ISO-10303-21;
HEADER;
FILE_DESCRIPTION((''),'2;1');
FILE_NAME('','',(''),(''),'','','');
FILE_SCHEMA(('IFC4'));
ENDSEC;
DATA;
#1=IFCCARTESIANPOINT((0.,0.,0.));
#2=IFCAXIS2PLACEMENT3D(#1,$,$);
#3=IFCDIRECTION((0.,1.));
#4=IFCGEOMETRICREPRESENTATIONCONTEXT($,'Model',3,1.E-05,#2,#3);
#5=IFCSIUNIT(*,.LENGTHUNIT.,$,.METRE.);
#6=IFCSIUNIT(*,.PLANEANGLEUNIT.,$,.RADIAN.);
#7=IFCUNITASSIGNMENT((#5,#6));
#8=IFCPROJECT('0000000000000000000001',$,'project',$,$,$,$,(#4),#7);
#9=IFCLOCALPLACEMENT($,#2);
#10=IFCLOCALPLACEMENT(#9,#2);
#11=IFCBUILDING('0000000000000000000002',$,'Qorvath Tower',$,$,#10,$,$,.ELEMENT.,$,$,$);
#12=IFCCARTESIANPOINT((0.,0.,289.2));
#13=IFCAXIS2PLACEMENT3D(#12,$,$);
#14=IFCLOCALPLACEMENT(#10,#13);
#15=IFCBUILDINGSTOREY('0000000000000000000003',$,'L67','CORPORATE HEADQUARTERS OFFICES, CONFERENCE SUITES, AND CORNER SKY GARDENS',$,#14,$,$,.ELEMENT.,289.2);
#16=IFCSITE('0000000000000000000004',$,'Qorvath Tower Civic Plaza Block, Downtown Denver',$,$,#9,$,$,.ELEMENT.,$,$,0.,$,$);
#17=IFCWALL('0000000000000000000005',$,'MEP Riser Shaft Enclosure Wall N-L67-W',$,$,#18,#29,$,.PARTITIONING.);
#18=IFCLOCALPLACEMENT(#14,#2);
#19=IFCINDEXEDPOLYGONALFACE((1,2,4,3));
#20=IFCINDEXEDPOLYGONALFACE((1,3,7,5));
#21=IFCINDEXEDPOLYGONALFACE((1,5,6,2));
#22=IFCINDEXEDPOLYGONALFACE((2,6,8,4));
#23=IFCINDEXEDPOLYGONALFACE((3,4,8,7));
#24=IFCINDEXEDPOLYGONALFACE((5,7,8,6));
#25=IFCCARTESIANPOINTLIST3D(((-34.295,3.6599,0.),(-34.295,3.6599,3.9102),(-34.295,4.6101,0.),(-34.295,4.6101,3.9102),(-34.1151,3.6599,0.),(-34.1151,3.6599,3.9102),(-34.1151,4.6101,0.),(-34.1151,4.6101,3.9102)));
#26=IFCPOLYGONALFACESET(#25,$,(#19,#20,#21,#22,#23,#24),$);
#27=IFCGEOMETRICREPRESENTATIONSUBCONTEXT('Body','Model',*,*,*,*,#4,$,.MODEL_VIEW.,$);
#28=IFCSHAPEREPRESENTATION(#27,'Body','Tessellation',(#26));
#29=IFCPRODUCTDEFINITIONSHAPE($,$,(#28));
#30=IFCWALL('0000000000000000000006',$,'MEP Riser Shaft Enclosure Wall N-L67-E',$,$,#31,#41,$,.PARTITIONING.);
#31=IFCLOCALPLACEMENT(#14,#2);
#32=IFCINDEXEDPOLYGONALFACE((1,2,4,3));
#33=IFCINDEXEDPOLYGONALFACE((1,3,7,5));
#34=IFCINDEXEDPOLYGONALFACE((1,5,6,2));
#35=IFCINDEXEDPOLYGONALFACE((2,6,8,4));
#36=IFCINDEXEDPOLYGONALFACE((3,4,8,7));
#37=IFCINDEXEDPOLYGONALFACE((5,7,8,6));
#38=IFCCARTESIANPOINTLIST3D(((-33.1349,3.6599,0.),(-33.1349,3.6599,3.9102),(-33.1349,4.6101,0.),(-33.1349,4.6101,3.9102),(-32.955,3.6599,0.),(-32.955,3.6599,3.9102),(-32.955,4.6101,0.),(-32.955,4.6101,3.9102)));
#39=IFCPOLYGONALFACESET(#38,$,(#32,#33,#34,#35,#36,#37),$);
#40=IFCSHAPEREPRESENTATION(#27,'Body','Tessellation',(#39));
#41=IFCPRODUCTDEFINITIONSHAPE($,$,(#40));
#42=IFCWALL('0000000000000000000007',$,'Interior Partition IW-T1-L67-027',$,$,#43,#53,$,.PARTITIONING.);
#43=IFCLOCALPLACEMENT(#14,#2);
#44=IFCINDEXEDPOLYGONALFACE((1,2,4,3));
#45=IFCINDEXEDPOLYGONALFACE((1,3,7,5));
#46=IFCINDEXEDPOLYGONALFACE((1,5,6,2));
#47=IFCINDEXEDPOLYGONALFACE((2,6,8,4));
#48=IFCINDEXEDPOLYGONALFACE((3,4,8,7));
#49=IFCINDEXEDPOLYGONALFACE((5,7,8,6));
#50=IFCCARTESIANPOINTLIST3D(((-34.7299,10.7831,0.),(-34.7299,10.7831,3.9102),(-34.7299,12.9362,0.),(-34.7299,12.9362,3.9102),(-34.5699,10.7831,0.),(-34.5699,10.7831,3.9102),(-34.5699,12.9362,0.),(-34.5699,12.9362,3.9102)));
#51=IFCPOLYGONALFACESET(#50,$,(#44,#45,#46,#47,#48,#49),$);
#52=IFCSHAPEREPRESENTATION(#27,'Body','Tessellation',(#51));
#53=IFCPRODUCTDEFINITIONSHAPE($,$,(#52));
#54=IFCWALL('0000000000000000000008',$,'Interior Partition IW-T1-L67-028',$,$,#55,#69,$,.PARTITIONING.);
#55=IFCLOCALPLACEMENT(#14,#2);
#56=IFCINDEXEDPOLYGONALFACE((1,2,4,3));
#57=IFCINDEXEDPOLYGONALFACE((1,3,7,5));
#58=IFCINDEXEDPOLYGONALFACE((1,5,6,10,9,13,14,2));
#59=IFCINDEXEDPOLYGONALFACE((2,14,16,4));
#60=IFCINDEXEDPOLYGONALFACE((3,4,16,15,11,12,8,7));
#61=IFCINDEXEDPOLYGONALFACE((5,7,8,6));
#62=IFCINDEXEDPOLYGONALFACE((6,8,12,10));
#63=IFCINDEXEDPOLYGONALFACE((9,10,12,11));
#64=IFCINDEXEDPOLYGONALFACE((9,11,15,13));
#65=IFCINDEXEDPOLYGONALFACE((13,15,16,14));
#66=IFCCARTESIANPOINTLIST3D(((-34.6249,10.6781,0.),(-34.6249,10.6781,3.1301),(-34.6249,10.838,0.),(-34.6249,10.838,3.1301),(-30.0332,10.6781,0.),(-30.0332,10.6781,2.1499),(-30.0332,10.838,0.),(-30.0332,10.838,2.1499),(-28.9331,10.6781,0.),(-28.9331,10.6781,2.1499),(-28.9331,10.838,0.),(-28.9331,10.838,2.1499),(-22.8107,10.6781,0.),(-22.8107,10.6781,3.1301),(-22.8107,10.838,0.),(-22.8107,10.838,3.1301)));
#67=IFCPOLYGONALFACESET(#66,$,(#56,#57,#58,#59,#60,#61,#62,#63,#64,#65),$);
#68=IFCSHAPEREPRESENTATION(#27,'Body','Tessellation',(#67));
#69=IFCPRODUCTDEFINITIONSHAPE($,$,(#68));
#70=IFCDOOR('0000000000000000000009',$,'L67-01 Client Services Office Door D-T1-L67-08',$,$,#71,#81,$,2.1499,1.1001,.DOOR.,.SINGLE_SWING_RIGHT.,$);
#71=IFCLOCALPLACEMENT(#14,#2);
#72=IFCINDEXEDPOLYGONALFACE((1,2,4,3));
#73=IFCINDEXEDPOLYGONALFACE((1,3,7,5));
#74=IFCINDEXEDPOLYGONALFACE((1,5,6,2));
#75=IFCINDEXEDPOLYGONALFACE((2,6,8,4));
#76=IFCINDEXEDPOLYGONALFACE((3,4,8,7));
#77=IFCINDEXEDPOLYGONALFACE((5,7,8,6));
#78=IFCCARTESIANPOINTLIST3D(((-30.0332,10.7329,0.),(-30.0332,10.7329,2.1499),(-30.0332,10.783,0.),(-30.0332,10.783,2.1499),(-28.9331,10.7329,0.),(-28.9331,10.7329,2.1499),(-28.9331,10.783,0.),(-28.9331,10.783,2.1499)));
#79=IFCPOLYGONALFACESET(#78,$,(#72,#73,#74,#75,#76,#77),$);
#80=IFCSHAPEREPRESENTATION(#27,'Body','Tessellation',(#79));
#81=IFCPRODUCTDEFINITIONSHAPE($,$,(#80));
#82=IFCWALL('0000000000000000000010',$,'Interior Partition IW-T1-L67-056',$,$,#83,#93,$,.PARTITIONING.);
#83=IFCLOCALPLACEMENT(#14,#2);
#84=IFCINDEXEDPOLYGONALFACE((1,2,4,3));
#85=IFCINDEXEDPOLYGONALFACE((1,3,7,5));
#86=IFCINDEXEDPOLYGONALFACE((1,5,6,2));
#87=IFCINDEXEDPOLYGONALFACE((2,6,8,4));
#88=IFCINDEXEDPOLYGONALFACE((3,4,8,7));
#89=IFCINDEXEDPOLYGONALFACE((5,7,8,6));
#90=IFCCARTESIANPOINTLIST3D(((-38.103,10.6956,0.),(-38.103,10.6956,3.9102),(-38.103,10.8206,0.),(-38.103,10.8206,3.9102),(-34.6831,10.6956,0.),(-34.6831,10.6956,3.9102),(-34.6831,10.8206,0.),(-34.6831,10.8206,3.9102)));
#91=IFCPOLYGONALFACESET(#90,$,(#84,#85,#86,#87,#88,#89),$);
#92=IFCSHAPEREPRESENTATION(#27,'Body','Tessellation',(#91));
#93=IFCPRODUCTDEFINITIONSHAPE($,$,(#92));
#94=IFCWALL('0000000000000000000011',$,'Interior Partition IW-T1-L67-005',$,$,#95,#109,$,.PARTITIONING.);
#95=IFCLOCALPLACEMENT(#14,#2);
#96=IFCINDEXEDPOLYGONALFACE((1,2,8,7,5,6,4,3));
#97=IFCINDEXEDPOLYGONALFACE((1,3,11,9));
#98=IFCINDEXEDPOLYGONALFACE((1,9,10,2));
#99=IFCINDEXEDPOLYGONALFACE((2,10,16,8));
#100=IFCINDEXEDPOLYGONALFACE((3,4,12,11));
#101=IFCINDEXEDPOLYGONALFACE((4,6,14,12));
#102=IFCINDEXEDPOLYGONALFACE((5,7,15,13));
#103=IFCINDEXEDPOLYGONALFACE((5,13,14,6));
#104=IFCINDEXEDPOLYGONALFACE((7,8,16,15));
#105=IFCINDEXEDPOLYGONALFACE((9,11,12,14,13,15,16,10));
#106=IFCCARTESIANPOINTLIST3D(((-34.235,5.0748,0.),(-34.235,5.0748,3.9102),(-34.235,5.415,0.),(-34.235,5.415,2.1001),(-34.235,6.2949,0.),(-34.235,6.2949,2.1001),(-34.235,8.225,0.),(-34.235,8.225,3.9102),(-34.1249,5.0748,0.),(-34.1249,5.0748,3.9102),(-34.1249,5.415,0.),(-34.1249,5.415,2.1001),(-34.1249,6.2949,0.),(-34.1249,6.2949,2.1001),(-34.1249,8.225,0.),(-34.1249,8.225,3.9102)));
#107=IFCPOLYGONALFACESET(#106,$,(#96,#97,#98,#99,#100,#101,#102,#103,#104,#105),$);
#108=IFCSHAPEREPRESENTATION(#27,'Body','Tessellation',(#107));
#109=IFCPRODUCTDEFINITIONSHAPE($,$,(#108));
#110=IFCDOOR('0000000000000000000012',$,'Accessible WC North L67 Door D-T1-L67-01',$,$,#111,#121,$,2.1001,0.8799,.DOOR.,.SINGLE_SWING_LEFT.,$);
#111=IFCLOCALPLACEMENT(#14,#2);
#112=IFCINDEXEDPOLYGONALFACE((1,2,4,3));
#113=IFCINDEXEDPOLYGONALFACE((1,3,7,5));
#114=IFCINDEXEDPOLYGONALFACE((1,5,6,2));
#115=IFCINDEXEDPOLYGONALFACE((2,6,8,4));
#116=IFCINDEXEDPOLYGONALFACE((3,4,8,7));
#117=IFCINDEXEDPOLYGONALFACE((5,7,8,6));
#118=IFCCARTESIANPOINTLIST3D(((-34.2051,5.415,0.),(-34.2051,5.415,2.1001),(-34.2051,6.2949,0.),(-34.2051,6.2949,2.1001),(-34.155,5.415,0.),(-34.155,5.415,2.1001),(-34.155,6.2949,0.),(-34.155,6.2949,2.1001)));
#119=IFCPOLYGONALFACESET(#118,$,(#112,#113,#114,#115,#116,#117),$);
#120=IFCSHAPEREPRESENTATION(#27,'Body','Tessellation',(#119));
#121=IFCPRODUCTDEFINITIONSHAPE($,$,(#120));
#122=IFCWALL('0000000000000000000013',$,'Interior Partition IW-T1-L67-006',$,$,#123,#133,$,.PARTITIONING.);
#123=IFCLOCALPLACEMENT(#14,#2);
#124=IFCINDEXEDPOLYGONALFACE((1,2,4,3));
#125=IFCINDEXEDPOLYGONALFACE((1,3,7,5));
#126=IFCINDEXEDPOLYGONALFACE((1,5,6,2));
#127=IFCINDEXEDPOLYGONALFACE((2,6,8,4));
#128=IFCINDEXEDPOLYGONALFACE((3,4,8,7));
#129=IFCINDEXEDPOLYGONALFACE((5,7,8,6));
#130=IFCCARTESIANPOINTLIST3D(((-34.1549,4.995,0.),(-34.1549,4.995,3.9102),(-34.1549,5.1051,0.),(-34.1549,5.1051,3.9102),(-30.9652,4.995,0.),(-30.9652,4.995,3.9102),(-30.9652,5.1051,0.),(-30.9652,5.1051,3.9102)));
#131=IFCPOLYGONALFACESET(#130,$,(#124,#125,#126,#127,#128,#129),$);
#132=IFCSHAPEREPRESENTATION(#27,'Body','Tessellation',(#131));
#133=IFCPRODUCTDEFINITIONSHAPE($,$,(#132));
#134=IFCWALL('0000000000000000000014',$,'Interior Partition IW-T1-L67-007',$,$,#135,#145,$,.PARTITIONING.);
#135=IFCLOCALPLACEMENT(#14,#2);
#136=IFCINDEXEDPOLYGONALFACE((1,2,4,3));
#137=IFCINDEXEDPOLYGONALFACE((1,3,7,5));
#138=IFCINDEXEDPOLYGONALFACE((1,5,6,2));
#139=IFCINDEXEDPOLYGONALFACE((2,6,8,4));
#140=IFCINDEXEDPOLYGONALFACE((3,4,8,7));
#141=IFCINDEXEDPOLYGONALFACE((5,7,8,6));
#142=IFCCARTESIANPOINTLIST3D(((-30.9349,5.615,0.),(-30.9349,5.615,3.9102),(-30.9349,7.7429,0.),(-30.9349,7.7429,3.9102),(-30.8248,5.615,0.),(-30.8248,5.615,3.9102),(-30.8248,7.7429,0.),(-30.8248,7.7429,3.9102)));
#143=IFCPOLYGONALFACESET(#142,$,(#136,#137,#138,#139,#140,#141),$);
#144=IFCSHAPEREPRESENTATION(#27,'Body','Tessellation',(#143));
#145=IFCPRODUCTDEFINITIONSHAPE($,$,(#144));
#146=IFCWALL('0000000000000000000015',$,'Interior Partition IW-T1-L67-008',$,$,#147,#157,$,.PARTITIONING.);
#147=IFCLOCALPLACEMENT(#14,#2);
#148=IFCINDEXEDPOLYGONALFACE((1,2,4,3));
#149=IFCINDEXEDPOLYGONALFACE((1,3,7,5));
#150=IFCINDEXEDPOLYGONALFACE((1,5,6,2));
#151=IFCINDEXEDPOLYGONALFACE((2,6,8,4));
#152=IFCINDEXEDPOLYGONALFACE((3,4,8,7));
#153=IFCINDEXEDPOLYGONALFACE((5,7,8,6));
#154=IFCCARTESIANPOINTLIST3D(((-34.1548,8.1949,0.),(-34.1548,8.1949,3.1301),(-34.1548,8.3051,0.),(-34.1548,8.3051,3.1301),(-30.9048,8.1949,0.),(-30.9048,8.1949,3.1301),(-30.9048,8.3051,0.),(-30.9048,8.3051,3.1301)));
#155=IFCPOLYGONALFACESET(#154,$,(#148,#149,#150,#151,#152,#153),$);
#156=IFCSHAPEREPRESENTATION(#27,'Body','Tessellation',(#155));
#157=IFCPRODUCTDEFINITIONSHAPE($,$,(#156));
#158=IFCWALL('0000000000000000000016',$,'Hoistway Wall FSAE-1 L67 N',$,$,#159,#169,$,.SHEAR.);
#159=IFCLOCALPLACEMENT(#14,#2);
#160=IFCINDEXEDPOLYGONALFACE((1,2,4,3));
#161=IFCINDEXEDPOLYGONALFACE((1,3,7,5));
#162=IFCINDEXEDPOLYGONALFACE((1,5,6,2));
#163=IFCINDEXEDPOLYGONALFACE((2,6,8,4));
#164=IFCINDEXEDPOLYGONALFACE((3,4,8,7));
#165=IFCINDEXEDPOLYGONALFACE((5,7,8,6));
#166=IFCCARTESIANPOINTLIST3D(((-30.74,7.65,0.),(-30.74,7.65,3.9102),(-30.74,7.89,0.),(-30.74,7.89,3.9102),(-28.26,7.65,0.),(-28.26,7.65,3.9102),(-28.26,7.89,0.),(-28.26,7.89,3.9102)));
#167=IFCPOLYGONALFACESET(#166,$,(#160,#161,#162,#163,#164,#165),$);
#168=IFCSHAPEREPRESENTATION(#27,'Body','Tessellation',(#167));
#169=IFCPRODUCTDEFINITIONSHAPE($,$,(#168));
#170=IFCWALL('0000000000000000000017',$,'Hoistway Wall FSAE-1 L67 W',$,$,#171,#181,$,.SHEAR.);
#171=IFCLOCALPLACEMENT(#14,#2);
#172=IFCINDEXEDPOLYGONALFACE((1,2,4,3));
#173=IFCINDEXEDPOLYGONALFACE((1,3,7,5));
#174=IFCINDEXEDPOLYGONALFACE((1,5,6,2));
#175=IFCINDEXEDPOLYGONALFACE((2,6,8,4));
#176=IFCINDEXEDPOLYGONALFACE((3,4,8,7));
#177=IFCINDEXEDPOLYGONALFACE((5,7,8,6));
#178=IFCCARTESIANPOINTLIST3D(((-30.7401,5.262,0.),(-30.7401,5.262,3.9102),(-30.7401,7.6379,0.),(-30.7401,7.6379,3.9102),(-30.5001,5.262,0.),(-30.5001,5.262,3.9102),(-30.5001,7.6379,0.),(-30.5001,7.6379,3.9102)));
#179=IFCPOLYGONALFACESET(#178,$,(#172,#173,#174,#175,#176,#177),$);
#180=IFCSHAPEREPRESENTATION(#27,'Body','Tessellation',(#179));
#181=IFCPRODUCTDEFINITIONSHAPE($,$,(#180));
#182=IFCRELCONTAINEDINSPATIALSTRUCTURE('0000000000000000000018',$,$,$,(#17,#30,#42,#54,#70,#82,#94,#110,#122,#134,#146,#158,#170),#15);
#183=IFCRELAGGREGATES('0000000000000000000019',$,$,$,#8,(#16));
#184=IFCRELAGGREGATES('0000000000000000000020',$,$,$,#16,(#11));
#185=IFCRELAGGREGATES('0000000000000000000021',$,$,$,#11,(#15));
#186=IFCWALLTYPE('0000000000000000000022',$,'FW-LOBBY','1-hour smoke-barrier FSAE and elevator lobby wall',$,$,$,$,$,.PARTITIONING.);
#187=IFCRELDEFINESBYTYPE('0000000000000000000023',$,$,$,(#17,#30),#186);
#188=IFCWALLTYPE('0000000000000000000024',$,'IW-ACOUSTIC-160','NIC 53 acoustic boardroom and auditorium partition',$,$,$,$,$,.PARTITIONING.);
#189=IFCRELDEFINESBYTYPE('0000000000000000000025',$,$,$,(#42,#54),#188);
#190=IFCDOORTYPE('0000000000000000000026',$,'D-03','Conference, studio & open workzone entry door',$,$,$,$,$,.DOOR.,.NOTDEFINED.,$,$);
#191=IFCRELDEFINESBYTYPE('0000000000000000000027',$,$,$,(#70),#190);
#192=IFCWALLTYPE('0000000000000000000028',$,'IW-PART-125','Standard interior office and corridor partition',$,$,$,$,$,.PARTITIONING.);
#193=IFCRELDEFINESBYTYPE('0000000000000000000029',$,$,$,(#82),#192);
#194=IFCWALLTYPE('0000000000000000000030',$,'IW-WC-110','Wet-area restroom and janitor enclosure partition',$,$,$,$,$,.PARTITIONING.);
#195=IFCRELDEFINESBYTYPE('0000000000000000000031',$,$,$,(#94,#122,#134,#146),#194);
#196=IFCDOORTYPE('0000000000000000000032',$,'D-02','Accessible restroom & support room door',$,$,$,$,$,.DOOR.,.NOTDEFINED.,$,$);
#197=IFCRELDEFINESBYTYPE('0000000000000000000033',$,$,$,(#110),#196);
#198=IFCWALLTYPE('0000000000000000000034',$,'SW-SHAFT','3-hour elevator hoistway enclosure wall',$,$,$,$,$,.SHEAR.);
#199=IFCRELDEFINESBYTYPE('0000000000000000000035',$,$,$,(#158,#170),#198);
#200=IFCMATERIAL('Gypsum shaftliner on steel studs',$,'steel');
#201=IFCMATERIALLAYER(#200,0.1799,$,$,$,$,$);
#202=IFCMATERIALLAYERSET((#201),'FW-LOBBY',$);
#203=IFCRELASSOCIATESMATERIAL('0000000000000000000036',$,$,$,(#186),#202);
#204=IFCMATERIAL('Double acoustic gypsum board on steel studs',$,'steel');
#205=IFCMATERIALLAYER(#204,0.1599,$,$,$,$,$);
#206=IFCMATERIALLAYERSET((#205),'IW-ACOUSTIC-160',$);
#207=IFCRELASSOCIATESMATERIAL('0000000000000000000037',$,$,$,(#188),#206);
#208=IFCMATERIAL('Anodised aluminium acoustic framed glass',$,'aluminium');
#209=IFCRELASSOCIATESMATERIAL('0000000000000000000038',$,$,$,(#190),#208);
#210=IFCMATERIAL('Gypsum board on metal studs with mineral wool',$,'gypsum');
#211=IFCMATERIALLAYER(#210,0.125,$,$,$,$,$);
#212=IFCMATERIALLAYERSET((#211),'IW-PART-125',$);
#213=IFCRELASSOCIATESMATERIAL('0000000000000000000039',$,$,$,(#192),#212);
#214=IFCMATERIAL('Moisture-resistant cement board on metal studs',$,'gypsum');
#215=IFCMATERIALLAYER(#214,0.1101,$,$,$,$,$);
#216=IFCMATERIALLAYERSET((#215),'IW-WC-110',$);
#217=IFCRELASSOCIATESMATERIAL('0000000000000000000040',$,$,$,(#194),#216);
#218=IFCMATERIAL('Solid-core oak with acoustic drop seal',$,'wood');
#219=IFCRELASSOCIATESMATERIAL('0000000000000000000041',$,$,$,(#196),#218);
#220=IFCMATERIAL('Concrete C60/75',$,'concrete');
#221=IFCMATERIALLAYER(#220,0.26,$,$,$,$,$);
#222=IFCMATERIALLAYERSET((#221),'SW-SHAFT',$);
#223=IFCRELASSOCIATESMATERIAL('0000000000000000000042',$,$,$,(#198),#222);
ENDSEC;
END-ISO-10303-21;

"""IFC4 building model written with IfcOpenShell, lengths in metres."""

from ifc_helpers import new_model, si_unit, direction, frame, frame_2d, origin, place, context, subcontext, project, spatial, rectangle, extrude, material, layer, layer_set, type_object, element, fill, save


model = new_model("IFC4")

# Units and contexts
model_context = context("Model", 3, precision=1e-05, world=origin(), true_north=direction((0.0, 1.0)))
body_context = subcontext(model_context, "Body", "Model", "MODEL_VIEW")
ifc_project = project(units=[si_unit("LENGTHUNIT", "METRE"), si_unit("PLANEANGLEUNIT", "RADIAN")], contexts=[model_context])

# Site, building, storey
site_placement = place(None, origin())
site = spatial("IfcSite", under=ifc_project, at=site_placement, Name="Qorvath Tower Civic Plaza Block, Downtown Denver", CompositionType="ELEMENT", RefElevation=0.0)
building_placement = place(site_placement, origin())
building = spatial("IfcBuilding", under=site, at=building_placement, Name="Qorvath Tower", CompositionType="ELEMENT")
storey_placement = place(building_placement, frame((0.0, 0.0, 289.2)))
storey = spatial("IfcBuildingStorey", under=building, at=storey_placement, Name="L67", Description="CORPORATE HEADQUARTERS OFFICES, CONFERENCE SUITES, AND CORNER SKY GARDENS", CompositionType="ELEMENT", Elevation=289.2)

# Walls
ifc_material_1 = material(Name="Gypsum shaftliner on steel studs", Category="steel")
ifc_layer_1 = layer(ifc_material_1, 0.1799)
ifc_layer_set_1 = layer_set([ifc_layer_1], Name="FW-LOBBY")
wall_type_1 = type_object("IfcWallType", Name="FW-LOBBY", Description="1-hour smoke-barrier FSAE and elevator lobby wall", PredefinedType="PARTITIONING", material=ifc_layer_set_1)
for number, where, z_axis, x_axis, name in (
    (1, (-34.2051, 3.6599, 0.0), (0.0, 0.0, 1.0), (0.0, 1.0, 0.0), "MEP Riser Shaft Enclosure Wall N-L67-W"),
    (2, (-33.0449, 4.6101, 0.0), (0.0, 0.0, 1.0), (0.0, -1.0, 0.0), "MEP Riser Shaft Enclosure Wall N-L67-E"),
):
    element("IfcWall", number, at=place(storey_placement, frame(where, z_axis=z_axis, x_axis=x_axis)), inside=storey, type_object=wall_type_1, Name=name, PredefinedType="PARTITIONING", context=body_context, shape_type="SweptSolid", body=[
        extrude(rectangle(XDim=0.9502, YDim=0.1799, at=frame_2d((0.4751, 0.0))), origin(), (0.0, 0.0, 1.0), 3.9102),
    ])
ifc_material_2 = material(Name="Double acoustic gypsum board on steel studs", Category="steel")
ifc_layer_2 = layer(ifc_material_2, 0.1599)
ifc_layer_set_2 = layer_set([ifc_layer_2], Name="IW-ACOUSTIC-160")
wall_type_2 = type_object("IfcWallType", Name="IW-ACOUSTIC-160", Description="NIC 53 acoustic boardroom and auditorium partition", PredefinedType="PARTITIONING", material=ifc_layer_set_2)
wall_1_placement = place(storey_placement, frame((-34.6499, 12.9363, 0.0), z_axis=(0.0, 0.0, 1.0), x_axis=(0.0, -1.0, 0.0)))
element("IfcWall", 3, at=wall_1_placement, inside=storey, type_object=wall_type_2, Name="Interior Partition IW-T1-L67-027", PredefinedType="PARTITIONING", context=body_context, shape_type="SweptSolid", body=[
    extrude(rectangle(XDim=2.1531, YDim=0.1599, at=frame_2d((1.0767, 0.0))), origin(), (0.0, 0.0, 1.0), 3.9102),
])

# Wall, opening, door
wall_2_placement = place(storey_placement, frame((-34.625, 10.7581, 0.0), z_axis=(0.0, 0.0, 1.0), x_axis=(1.0, 0.0, 0.0)))
wall_2 = element("IfcWall", 4, at=wall_2_placement, inside=storey, type_object=wall_type_2, Name="Interior Partition IW-T1-L67-028", PredefinedType="PARTITIONING", context=body_context, shape_type="SweptSolid", body=[
    extrude(rectangle(XDim=11.8142, YDim=0.1599, at=frame_2d((5.9072, 0.0))), origin(), (0.0, 0.0, 1.0), 3.1301),
])
opening_1_placement = place(wall_2_placement, frame((4.5918, 0.0, 0.0)))
opening_1 = element("IfcOpeningElement", 5, at=opening_1_placement, cuts=wall_2, PredefinedType="OPENING", context=body_context, shape_type="SweptSolid", body=[
    extrude(rectangle(XDim=1.1001, YDim=2.1499, at=frame_2d((0.55, 1.075))), frame((0.0, 0.0898, 0.0), z_axis=(0.0, -1.0, 0.0), x_axis=(1.0, 0.0, 0.0)), (0.0, 0.0, 1.0), 0.1799),
])
ifc_material_3 = material(Name="Anodised aluminium acoustic framed glass", Category="aluminium")
door_type_1 = type_object("IfcDoorType", Name="D-03", Description="Conference, studio & open workzone entry door", OperationType="NOTDEFINED", PredefinedType="DOOR", material=ifc_material_3)
door_1_placement = place(opening_1_placement, origin())
door_1 = element("IfcDoor", 6, at=door_1_placement, inside=storey, type_object=door_type_1, Name="L67-01 Client Services Office Door D-T1-L67-08", OperationType="SINGLE_SWING_RIGHT", OverallHeight=2.1499, OverallWidth=1.1001, PredefinedType="DOOR", context=body_context, shape_type="SweptSolid", body=[
    extrude(rectangle(XDim=1.1001, YDim=2.1499, at=frame_2d((0.55, 1.075))), frame((0.0, 0.0249, 0.0), z_axis=(0.0, -1.0, 0.0), x_axis=(1.0, 0.0, 0.0)), (0.0, 0.0, 1.0), 0.05),
])
fill(opening_1, door_1)

# Wall
ifc_material_4 = material(Name="Gypsum board on metal studs with mineral wool", Category="gypsum")
ifc_layer_3 = layer(ifc_material_4, 0.125)
ifc_layer_set_3 = layer_set([ifc_layer_3], Name="IW-PART-125")
wall_type_3 = type_object("IfcWallType", Name="IW-PART-125", Description="Standard interior office and corridor partition", PredefinedType="PARTITIONING", material=ifc_layer_set_3)
wall_3_placement = place(storey_placement, frame((-34.6831, 10.7581, 0.0), z_axis=(0.0, 0.0, 1.0), x_axis=(-1.0, 0.0, 0.0)))
element("IfcWall", 7, at=wall_3_placement, inside=storey, type_object=wall_type_3, Name="Interior Partition IW-T1-L67-056", PredefinedType="PARTITIONING", context=body_context, shape_type="SweptSolid", body=[
    extrude(rectangle(XDim=3.4199, YDim=0.125, at=frame_2d((1.71, 0.0))), origin(), (0.0, 0.0, 1.0), 3.9102),
])

# Wall, opening, door
ifc_material_5 = material(Name="Moisture-resistant cement board on metal studs", Category="gypsum")
ifc_layer_4 = layer(ifc_material_5, 0.1101)
ifc_layer_set_4 = layer_set([ifc_layer_4], Name="IW-WC-110")
wall_type_4 = type_object("IfcWallType", Name="IW-WC-110", Description="Wet-area restroom and janitor enclosure partition", PredefinedType="PARTITIONING", material=ifc_layer_set_4)
wall_4_placement = place(storey_placement, frame((-34.1799, 8.2251, 0.0), z_axis=(0.0, 0.0, 1.0), x_axis=(0.0, -1.0, 0.0)))
wall_4 = element("IfcWall", 8, at=wall_4_placement, inside=storey, type_object=wall_type_4, Name="Interior Partition IW-T1-L67-005", PredefinedType="PARTITIONING", context=body_context, shape_type="SweptSolid", body=[
    extrude(rectangle(XDim=3.1501, YDim=0.1101, at=frame_2d((1.5752, 0.0))), origin(), (0.0, 0.0, 1.0), 3.9102),
])
opening_2_placement = place(wall_4_placement, frame((1.9302, 0.0, 0.0)))
opening_2 = element("IfcOpeningElement", 9, at=opening_2_placement, cuts=wall_4, PredefinedType="OPENING", context=body_context, shape_type="SweptSolid", body=[
    extrude(rectangle(XDim=0.8799, YDim=2.1001, at=frame_2d((0.4399, 1.05))), frame((0.0, 0.0649, 0.0), z_axis=(0.0, -1.0, 0.0), x_axis=(1.0, 0.0, 0.0)), (0.0, 0.0, 1.0), 0.1301),
])
ifc_material_6 = material(Name="Solid-core oak with acoustic drop seal", Category="wood")
door_type_2 = type_object("IfcDoorType", Name="D-02", Description="Accessible restroom & support room door", OperationType="NOTDEFINED", PredefinedType="DOOR", material=ifc_material_6)
door_2_placement = place(opening_2_placement, origin())
door_2 = element("IfcDoor", 10, at=door_2_placement, inside=storey, type_object=door_type_2, Name="Accessible WC North L67 Door D-T1-L67-01", OperationType="SINGLE_SWING_LEFT", OverallHeight=2.1001, OverallWidth=0.8799, PredefinedType="DOOR", context=body_context, shape_type="SweptSolid", body=[
    extrude(rectangle(XDim=0.8799, YDim=2.1001, at=frame_2d((0.4399, 1.05))), frame((0.0, 0.0249, 0.0), z_axis=(0.0, -1.0, 0.0), x_axis=(1.0, 0.0, 0.0)), (0.0, 0.0, 1.0), 0.05),
])
fill(opening_2, door_2)

# Walls
wall_5_placement = place(storey_placement, frame((-34.1548, 5.05, 0.0), z_axis=(0.0, 0.0, 1.0), x_axis=(1.0, 0.0, 0.0)))
element("IfcWall", 11, at=wall_5_placement, inside=storey, type_object=wall_type_4, Name="Interior Partition IW-T1-L67-006", PredefinedType="PARTITIONING", context=body_context, shape_type="SweptSolid", body=[
    extrude(rectangle(XDim=3.1897, YDim=0.1101, at=frame_2d((1.5947, 0.0))), origin(), (0.0, 0.0, 1.0), 3.9102),
])
wall_6_placement = place(storey_placement, frame((-30.8799, 5.615, 0.0), z_axis=(0.0, 0.0, 1.0), x_axis=(0.0, 1.0, 0.0)))
element("IfcWall", 12, at=wall_6_placement, inside=storey, type_object=wall_type_4, Name="Interior Partition IW-T1-L67-007", PredefinedType="PARTITIONING", context=body_context, shape_type="SweptSolid", body=[
    extrude(rectangle(XDim=2.1279, YDim=0.1101, at=frame_2d((1.064, 0.0))), origin(), (0.0, 0.0, 1.0), 3.9102),
])
wall_7_placement = place(storey_placement, frame((-30.9048, 8.25, 0.0), z_axis=(0.0, 0.0, 1.0), x_axis=(-1.0, 0.0, 0.0)))
element("IfcWall", 13, at=wall_7_placement, inside=storey, type_object=wall_type_4, Name="Interior Partition IW-T1-L67-008", PredefinedType="PARTITIONING", context=body_context, shape_type="SweptSolid", body=[
    extrude(rectangle(XDim=3.25, YDim=0.1101, at=frame_2d((1.625, 0.0))), origin(), (0.0, 0.0, 1.0), 3.1301),
])
ifc_material_7 = material(Name="Concrete C60/75", Category="concrete")
ifc_layer_5 = layer(ifc_material_7, 0.26)
ifc_layer_set_5 = layer_set([ifc_layer_5], Name="SW-SHAFT")
wall_type_5 = type_object("IfcWallType", Name="SW-SHAFT", Description="3-hour elevator hoistway enclosure wall", PredefinedType="SHEAR", material=ifc_layer_set_5)
wall_8_placement = place(storey_placement, frame((-30.74, 7.77, 0.0), z_axis=(0.0, 0.0, 1.0), x_axis=(1.0, 0.0, 0.0)))
element("IfcWall", 14, at=wall_8_placement, inside=storey, type_object=wall_type_5, Name="Hoistway Wall FSAE-1 L67 N", PredefinedType="SHEAR", context=body_context, shape_type="SweptSolid", body=[
    extrude(rectangle(XDim=2.48, YDim=0.24, at=frame_2d((1.24, 0.0))), origin(), (0.0, 0.0, 1.0), 3.9102),
])
wall_9_placement = place(storey_placement, frame((-30.6201, 5.262, 0.0), z_axis=(0.0, 0.0, 1.0), x_axis=(0.0, 1.0, 0.0)))
element("IfcWall", 15, at=wall_9_placement, inside=storey, type_object=wall_type_5, Name="Hoistway Wall FSAE-1 L67 W", PredefinedType="SHEAR", context=body_context, shape_type="SweptSolid", body=[
    extrude(rectangle(XDim=2.376, YDim=0.24, at=frame_2d((1.188, 0.0))), origin(), (0.0, 0.0, 1.0), 3.9102),
])

save(model, "model.ifc")
